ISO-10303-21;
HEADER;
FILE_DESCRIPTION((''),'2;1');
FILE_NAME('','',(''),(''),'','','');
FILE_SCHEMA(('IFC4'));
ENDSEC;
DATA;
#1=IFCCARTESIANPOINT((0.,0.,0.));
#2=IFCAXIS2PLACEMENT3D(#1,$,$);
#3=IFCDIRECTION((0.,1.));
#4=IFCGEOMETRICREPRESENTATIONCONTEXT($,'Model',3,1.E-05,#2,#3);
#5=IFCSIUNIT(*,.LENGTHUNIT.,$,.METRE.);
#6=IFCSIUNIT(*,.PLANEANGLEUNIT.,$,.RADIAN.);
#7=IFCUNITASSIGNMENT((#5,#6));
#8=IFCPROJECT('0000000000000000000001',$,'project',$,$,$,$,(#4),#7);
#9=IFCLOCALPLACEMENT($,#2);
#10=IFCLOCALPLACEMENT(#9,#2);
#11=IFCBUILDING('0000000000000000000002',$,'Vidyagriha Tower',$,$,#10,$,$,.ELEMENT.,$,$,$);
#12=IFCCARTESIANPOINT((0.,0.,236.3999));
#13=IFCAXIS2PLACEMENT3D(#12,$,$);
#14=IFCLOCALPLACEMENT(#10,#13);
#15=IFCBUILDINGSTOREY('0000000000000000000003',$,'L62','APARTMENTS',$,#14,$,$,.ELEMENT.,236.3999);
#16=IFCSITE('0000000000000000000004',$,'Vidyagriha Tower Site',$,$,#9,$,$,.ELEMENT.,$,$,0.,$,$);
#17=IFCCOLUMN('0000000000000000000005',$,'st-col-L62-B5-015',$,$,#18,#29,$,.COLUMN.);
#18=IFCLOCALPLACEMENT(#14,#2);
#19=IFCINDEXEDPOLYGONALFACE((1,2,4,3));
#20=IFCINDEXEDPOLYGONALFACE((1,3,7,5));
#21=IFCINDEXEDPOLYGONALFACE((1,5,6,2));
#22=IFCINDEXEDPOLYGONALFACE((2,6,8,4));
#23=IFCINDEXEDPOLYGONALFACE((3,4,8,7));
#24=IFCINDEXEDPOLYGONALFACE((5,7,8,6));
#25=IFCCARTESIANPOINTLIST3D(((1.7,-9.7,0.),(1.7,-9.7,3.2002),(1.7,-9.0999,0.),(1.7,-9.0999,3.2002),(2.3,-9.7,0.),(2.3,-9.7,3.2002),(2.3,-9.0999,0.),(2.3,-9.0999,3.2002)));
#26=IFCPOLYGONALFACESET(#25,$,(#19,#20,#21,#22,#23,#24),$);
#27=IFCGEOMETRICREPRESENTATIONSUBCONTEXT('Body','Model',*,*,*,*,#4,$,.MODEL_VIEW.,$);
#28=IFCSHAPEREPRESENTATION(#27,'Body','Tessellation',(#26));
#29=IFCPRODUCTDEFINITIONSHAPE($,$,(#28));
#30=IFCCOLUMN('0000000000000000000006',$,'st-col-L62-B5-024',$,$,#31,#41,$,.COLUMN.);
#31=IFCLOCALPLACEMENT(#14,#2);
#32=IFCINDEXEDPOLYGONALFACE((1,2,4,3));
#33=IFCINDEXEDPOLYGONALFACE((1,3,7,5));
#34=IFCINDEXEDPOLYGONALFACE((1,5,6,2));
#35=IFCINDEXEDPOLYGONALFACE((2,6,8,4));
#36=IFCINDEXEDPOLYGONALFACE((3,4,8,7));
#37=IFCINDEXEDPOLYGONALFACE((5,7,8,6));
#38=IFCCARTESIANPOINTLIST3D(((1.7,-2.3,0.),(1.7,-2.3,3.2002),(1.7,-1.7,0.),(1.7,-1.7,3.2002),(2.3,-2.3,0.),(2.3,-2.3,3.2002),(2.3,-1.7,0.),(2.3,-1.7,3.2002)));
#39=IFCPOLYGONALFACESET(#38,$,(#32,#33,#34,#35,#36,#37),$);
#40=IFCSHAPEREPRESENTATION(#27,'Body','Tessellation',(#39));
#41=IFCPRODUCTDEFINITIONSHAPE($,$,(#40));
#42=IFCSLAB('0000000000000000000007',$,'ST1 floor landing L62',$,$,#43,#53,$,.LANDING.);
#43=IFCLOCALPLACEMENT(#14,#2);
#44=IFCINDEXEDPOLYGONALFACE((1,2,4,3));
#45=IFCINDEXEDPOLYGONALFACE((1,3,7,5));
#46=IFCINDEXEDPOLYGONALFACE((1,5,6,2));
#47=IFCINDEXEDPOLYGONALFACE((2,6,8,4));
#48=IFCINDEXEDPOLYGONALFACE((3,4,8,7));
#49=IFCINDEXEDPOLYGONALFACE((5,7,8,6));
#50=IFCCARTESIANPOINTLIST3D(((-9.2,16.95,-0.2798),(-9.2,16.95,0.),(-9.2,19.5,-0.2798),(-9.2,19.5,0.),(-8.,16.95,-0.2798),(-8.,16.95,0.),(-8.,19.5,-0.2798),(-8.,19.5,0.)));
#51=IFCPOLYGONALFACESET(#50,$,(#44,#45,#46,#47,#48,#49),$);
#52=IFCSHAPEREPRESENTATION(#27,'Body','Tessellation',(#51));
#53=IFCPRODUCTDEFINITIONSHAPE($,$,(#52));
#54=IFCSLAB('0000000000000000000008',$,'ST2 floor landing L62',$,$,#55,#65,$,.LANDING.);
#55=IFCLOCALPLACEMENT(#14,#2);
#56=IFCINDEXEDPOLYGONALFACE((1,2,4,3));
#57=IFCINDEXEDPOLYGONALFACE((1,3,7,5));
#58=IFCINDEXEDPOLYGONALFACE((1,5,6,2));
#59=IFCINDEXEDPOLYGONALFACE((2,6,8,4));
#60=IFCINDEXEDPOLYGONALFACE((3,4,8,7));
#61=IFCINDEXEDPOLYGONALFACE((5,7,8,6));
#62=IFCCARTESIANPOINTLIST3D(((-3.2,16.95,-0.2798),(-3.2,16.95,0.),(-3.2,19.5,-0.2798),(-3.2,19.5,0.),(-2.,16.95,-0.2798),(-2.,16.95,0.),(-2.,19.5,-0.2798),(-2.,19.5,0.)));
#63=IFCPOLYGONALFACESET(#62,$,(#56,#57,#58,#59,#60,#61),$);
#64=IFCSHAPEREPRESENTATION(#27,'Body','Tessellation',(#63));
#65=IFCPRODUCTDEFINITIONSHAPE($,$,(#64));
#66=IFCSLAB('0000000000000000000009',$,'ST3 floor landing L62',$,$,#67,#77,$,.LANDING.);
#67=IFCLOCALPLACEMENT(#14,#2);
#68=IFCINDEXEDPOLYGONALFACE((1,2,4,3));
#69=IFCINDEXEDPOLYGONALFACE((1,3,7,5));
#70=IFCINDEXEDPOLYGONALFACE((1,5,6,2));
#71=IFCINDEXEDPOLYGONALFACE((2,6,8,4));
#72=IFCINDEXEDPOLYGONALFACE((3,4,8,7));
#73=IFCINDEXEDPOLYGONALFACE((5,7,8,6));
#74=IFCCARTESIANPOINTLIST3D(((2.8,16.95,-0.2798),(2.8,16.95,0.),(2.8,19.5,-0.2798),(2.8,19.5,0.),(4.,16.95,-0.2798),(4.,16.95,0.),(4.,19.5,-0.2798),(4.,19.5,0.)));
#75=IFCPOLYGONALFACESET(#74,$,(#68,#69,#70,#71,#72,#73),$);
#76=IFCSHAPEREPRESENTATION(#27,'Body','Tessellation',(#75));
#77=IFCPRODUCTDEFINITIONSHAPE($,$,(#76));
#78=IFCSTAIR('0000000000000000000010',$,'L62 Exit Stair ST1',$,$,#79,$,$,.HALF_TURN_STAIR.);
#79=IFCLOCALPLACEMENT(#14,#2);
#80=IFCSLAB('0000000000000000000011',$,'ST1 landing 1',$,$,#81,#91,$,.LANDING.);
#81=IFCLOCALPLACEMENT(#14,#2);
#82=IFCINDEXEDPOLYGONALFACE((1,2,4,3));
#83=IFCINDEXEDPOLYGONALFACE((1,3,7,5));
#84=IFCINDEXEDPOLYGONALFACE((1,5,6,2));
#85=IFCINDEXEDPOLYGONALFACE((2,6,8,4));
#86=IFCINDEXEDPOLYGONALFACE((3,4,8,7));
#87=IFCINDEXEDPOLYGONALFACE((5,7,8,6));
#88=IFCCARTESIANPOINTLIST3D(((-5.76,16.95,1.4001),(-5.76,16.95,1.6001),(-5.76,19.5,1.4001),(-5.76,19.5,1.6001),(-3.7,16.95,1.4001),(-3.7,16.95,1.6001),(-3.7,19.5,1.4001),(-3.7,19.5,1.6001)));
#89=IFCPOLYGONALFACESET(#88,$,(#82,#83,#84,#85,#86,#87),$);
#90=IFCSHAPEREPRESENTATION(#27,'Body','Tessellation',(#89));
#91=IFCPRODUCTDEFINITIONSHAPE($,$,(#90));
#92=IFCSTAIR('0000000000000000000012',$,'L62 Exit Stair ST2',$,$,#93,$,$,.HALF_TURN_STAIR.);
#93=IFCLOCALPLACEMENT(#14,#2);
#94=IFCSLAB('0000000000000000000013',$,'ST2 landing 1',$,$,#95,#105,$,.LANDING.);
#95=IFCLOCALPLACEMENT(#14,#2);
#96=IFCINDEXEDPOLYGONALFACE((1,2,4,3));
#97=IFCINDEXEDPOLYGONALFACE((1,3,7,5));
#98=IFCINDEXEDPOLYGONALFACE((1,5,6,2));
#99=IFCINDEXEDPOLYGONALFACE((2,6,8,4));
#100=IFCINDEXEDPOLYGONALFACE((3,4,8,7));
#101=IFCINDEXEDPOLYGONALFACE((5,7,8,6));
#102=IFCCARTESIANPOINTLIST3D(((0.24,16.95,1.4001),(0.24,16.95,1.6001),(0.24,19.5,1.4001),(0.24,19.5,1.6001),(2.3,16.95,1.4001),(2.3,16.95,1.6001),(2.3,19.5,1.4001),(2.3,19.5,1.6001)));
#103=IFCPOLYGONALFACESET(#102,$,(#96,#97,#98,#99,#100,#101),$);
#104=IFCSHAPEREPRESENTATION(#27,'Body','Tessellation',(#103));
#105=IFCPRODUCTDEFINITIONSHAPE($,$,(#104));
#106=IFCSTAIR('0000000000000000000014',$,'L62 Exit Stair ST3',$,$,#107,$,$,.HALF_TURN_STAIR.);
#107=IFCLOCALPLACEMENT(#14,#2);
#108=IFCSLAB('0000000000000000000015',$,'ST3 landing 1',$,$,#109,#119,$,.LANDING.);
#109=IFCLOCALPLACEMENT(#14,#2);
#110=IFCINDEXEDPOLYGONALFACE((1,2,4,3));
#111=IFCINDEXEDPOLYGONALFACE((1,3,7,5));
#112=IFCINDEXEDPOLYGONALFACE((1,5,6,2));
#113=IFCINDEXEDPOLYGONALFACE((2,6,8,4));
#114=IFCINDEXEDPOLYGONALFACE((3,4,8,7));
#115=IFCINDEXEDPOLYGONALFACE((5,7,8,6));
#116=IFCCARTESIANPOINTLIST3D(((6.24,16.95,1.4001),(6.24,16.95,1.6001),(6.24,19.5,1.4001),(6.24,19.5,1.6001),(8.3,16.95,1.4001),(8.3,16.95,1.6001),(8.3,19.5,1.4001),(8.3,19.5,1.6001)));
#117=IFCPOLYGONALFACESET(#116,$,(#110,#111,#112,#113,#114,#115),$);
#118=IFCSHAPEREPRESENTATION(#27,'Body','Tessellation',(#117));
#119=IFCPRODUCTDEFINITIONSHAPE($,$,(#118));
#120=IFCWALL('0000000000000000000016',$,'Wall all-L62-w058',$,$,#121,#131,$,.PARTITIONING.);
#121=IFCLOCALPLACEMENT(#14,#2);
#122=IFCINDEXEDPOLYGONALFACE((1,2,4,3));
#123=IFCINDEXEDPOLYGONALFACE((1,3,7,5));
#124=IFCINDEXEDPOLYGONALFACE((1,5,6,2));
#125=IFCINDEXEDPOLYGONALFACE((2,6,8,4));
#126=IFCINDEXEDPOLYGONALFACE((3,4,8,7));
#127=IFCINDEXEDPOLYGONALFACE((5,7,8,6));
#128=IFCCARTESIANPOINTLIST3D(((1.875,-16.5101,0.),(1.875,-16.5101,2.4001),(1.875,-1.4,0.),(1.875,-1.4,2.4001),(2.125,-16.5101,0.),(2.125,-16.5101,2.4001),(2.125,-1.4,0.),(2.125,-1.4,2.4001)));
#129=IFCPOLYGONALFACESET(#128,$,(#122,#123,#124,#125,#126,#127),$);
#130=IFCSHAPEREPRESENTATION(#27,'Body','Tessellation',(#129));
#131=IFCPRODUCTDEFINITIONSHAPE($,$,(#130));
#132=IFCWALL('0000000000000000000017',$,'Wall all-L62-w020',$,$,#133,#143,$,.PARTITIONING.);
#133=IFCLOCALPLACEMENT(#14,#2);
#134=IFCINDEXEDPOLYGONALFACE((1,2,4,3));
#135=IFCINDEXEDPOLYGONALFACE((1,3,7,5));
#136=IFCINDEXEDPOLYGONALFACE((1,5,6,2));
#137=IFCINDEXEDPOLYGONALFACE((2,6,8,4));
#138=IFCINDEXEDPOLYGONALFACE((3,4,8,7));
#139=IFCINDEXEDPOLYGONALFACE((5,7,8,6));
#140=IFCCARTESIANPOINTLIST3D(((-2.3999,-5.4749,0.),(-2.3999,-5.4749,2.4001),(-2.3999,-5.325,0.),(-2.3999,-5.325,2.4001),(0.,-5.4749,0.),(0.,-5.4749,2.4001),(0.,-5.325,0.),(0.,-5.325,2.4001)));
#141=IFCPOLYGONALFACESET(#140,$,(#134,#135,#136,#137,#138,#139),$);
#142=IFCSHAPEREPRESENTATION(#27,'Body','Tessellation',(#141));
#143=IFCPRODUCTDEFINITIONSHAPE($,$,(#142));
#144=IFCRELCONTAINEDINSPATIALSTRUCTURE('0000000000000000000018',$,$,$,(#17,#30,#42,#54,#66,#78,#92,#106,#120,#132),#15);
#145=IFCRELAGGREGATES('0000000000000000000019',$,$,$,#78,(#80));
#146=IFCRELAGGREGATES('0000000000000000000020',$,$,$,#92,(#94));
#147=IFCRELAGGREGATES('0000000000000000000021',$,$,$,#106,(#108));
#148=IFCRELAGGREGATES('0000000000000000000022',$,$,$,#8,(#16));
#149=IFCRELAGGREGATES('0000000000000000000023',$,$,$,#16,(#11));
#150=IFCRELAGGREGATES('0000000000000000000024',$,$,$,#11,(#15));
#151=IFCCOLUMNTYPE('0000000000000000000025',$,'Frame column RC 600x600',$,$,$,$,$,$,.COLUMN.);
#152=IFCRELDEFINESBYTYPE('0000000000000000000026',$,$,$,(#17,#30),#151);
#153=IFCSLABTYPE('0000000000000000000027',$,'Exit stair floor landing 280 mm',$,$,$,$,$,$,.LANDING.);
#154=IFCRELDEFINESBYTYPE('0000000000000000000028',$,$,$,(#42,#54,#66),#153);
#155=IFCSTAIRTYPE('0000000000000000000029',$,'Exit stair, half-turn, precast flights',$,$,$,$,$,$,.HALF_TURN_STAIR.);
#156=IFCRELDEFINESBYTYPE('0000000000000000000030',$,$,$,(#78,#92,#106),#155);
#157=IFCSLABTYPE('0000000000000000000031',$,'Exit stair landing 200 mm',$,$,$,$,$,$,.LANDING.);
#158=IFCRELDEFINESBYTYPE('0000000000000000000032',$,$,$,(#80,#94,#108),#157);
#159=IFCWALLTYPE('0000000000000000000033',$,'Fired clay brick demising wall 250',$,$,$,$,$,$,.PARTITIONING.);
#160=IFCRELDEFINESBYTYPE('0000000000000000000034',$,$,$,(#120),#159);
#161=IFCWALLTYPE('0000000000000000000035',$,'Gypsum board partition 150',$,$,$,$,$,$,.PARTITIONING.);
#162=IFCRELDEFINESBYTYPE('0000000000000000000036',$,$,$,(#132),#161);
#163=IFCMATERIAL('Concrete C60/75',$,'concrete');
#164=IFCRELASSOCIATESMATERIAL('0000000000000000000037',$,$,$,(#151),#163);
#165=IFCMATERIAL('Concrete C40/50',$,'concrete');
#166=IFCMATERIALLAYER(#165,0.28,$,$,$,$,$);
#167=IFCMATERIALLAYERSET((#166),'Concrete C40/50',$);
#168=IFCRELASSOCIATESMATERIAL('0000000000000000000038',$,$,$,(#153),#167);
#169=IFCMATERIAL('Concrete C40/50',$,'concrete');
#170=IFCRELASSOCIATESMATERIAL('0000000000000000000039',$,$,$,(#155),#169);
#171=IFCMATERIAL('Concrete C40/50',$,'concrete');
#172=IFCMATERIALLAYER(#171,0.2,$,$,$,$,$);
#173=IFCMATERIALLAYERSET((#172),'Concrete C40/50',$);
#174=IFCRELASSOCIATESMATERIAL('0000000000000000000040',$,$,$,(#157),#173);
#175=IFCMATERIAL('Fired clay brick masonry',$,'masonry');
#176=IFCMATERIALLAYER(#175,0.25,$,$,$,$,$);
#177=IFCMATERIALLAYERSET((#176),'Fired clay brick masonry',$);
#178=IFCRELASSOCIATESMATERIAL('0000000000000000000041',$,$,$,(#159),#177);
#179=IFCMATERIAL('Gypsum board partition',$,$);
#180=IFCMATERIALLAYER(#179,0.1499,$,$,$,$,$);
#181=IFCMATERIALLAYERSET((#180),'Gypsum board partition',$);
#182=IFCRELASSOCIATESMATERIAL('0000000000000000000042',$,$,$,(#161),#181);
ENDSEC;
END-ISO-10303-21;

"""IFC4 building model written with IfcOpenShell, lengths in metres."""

from ifc_helpers import new_model, si_unit, direction, frame, frame_2d, origin, origin_2d, place, context, subcontext, project, spatial, polyline, rectangle, outline, extrude, material, layer, layer_set, material_profile, profile_set, type_object, element, aggregate, save


model = new_model("IFC4")

# Units and contexts
model_context = context("Model", 3, precision=1e-05, world=origin(), true_north=direction((0.0, 1.0)))
body_context = subcontext(model_context, "Body", "Model", "MODEL_VIEW")
ifc_project = project(units=[si_unit("LENGTHUNIT", "METRE"), si_unit("PLANEANGLEUNIT", "RADIAN")], contexts=[model_context])

# Site, building, storey
site_placement = place(None, origin())
site = spatial("IfcSite", under=ifc_project, at=site_placement, Name="Vidyagriha Tower Site", CompositionType="ELEMENT", RefElevation=0.0)
building_placement = place(site_placement, origin())
building = spatial("IfcBuilding", under=site, at=building_placement, Name="Vidyagriha Tower", CompositionType="ELEMENT")
storey_placement = place(building_placement, frame((0.0, 0.0, 236.3999)))
storey = spatial("IfcBuildingStorey", under=building, at=storey_placement, Name="L62", Description="APARTMENTS", CompositionType="ELEMENT", Elevation=236.3999)

# Columns
ifc_material_1 = material(Name="Concrete C60/75", Category="concrete")
ifc_material_profile = material_profile(ifc_material_1, rectangle(XDim=0.6001, YDim=0.6001, at=origin_2d()), Name="RC 600x600")
ifc_profile_set = profile_set([ifc_material_profile], Name="Concrete C60/75")
column_type = type_object("IfcColumnType", Name="Frame column RC 600x600", PredefinedType="COLUMN", material=ifc_profile_set)
for number, where, name in (
    (1, (2.0, -9.3999, 0.0), "st-col-L62-B5-015"),
    (2, (2.0, -2.0, 0.0), "st-col-L62-B5-024"),
):
    element("IfcColumn", number, at=place(storey_placement, frame(where)), inside=storey, type_object=column_type, Name=name, PredefinedType="COLUMN", context=body_context, shape_type="SweptSolid", body=[
        extrude(rectangle(XDim=0.6001, YDim=0.6001, at=origin_2d()), origin(), (0.0, 0.0, 1.0), 3.2002),
    ])

# Slabs
ifc_material_2 = material(Name="Concrete C40/50", Category="concrete")
ifc_layer_1 = layer(ifc_material_2, 0.28)
ifc_layer_set_1 = layer_set([ifc_layer_1], Name="Concrete C40/50")
slab_type_1 = type_object("IfcSlabType", Name="Exit stair floor landing 280 mm", PredefinedType="LANDING", material=ifc_layer_set_1)
slab_1_placement = place(storey_placement, frame((0.0, 0.0, -0.2798)))
element("IfcSlab", 3, at=slab_1_placement, inside=storey, type_object=slab_type_1, Name="ST1 floor landing L62", PredefinedType="LANDING", context=body_context, shape_type="SweptSolid", body=[
    extrude(outline(polyline([(-9.2, 16.95), (-8.0, 16.95), (-8.0, 19.5), (-9.2, 19.5), (-9.2, 16.95)])), origin(), (0.0, 0.0, 1.0), 0.2798),
])
slab_2_placement = place(storey_placement, frame((0.0, 0.0, -0.2798)))
element("IfcSlab", 4, at=slab_2_placement, inside=storey, type_object=slab_type_1, Name="ST2 floor landing L62", PredefinedType="LANDING", context=body_context, shape_type="SweptSolid", body=[
    extrude(outline(polyline([(-3.2, 16.95), (-2.0, 16.95), (-2.0, 19.5), (-3.2, 19.5), (-3.2, 16.95)])), origin(), (0.0, 0.0, 1.0), 0.2798),
])
slab_3_placement = place(storey_placement, frame((0.0, 0.0, -0.2798)))
element("IfcSlab", 5, at=slab_3_placement, inside=storey, type_object=slab_type_1, Name="ST3 floor landing L62", PredefinedType="LANDING", context=body_context, shape_type="SweptSolid", body=[
    extrude(outline(polyline([(2.8, 16.95), (4.0, 16.95), (4.0, 19.5), (2.8, 19.5), (2.8, 16.95)])), origin(), (0.0, 0.0, 1.0), 0.2798),
])

# Stairs, slabs
ifc_material_3 = material(Name="Concrete C40/50", Category="concrete")
stair_type = type_object("IfcStairType", Name="Exit stair, half-turn, precast flights", PredefinedType="HALF_TURN_STAIR", material=ifc_material_3)
stair_1_placement = place(storey_placement, origin())
stair_1 = element("IfcStair", 6, at=stair_1_placement, inside=storey, type_object=stair_type, Name="L62 Exit Stair ST1", PredefinedType="HALF_TURN_STAIR")
ifc_material_4 = material(Name="Concrete C40/50", Category="concrete")
ifc_layer_2 = layer(ifc_material_4, 0.2)
ifc_layer_set_2 = layer_set([ifc_layer_2], Name="Concrete C40/50")
slab_type_2 = type_object("IfcSlabType", Name="Exit stair landing 200 mm", PredefinedType="LANDING", material=ifc_layer_set_2)
slab_4_placement = place(storey_placement, frame((0.0, 0.0, 1.4001)))
slab_4 = element("IfcSlab", 7, at=slab_4_placement, type_object=slab_type_2, Name="ST1 landing 1", PredefinedType="LANDING", context=body_context, shape_type="SweptSolid", body=[
    extrude(outline(polyline([(-5.76, 16.95), (-3.7, 16.95), (-3.7, 19.5), (-5.76, 19.5), (-5.76, 16.95)])), origin(), (0.0, 0.0, 1.0), 0.2),
])
aggregate(stair_1, [slab_4])
stair_2_placement = place(storey_placement, origin())
stair_2 = element("IfcStair", 8, at=stair_2_placement, inside=storey, type_object=stair_type, Name="L62 Exit Stair ST2", PredefinedType="HALF_TURN_STAIR")
slab_5_placement = place(storey_placement, frame((0.0, 0.0, 1.4001)))
slab_5 = element("IfcSlab", 9, at=slab_5_placement, type_object=slab_type_2, Name="ST2 landing 1", PredefinedType="LANDING", context=body_context, shape_type="SweptSolid", body=[
    extrude(outline(polyline([(0.24, 16.95), (2.3, 16.95), (2.3, 19.5), (0.24, 19.5), (0.24, 16.95)])), origin(), (0.0, 0.0, 1.0), 0.2),
])
aggregate(stair_2, [slab_5])
stair_3_placement = place(storey_placement, origin())
stair_3 = element("IfcStair", 10, at=stair_3_placement, inside=storey, type_object=stair_type, Name="L62 Exit Stair ST3", PredefinedType="HALF_TURN_STAIR")
slab_6_placement = place(storey_placement, frame((0.0, 0.0, 1.4001)))
slab_6 = element("IfcSlab", 11, at=slab_6_placement, type_object=slab_type_2, Name="ST3 landing 1", PredefinedType="LANDING", context=body_context, shape_type="SweptSolid", body=[
    extrude(outline(polyline([(6.24, 16.95), (8.3, 16.95), (8.3, 19.5), (6.24, 19.5), (6.24, 16.95)])), origin(), (0.0, 0.0, 1.0), 0.2),
])
aggregate(stair_3, [slab_6])

# Walls
ifc_material_5 = material(Name="Fired clay brick masonry", Category="masonry")
ifc_layer_3 = layer(ifc_material_5, 0.25)
ifc_layer_set_3 = layer_set([ifc_layer_3], Name="Fired clay brick masonry")
wall_type_1 = type_object("IfcWallType", Name="Fired clay brick demising wall 250", PredefinedType="PARTITIONING", material=ifc_layer_set_3)
wall_1_placement = place(storey_placement, frame((2.0, -1.3999, 0.0), z_axis=(0.0, 0.0, 1.0), x_axis=(0.0, -1.0, 0.0)))
element("IfcWall", 12, at=wall_1_placement, inside=storey, type_object=wall_type_1, Name="Wall all-L62-w058", PredefinedType="PARTITIONING", context=body_context, shape_type="SweptSolid", body=[
    extrude(rectangle(XDim=15.1101, YDim=0.25, at=frame_2d((7.5552, 0.0))), origin(), (0.0, 0.0, 1.0), 2.4001),
])
ifc_material_6 = material(Name="Gypsum board partition")
ifc_layer_4 = layer(ifc_material_6, 0.1499)
ifc_layer_set_4 = layer_set([ifc_layer_4], Name="Gypsum board partition")
wall_type_2 = type_object("IfcWallType", Name="Gypsum board partition 150", PredefinedType="PARTITIONING", material=ifc_layer_set_4)
wall_2_placement = place(storey_placement, frame((0.0, -5.3999, 0.0), z_axis=(0.0, 0.0, 1.0), x_axis=(-1.0, 0.0, 0.0)))
element("IfcWall", 13, at=wall_2_placement, inside=storey, type_object=wall_type_2, Name="Wall all-L62-w020", PredefinedType="PARTITIONING", context=body_context, shape_type="SweptSolid", body=[
    extrude(rectangle(XDim=2.3999, YDim=0.1499, at=frame_2d((1.2, 0.0))), origin(), (0.0, 0.0, 1.0), 2.4001),
])

save(model, "model.ifc")
